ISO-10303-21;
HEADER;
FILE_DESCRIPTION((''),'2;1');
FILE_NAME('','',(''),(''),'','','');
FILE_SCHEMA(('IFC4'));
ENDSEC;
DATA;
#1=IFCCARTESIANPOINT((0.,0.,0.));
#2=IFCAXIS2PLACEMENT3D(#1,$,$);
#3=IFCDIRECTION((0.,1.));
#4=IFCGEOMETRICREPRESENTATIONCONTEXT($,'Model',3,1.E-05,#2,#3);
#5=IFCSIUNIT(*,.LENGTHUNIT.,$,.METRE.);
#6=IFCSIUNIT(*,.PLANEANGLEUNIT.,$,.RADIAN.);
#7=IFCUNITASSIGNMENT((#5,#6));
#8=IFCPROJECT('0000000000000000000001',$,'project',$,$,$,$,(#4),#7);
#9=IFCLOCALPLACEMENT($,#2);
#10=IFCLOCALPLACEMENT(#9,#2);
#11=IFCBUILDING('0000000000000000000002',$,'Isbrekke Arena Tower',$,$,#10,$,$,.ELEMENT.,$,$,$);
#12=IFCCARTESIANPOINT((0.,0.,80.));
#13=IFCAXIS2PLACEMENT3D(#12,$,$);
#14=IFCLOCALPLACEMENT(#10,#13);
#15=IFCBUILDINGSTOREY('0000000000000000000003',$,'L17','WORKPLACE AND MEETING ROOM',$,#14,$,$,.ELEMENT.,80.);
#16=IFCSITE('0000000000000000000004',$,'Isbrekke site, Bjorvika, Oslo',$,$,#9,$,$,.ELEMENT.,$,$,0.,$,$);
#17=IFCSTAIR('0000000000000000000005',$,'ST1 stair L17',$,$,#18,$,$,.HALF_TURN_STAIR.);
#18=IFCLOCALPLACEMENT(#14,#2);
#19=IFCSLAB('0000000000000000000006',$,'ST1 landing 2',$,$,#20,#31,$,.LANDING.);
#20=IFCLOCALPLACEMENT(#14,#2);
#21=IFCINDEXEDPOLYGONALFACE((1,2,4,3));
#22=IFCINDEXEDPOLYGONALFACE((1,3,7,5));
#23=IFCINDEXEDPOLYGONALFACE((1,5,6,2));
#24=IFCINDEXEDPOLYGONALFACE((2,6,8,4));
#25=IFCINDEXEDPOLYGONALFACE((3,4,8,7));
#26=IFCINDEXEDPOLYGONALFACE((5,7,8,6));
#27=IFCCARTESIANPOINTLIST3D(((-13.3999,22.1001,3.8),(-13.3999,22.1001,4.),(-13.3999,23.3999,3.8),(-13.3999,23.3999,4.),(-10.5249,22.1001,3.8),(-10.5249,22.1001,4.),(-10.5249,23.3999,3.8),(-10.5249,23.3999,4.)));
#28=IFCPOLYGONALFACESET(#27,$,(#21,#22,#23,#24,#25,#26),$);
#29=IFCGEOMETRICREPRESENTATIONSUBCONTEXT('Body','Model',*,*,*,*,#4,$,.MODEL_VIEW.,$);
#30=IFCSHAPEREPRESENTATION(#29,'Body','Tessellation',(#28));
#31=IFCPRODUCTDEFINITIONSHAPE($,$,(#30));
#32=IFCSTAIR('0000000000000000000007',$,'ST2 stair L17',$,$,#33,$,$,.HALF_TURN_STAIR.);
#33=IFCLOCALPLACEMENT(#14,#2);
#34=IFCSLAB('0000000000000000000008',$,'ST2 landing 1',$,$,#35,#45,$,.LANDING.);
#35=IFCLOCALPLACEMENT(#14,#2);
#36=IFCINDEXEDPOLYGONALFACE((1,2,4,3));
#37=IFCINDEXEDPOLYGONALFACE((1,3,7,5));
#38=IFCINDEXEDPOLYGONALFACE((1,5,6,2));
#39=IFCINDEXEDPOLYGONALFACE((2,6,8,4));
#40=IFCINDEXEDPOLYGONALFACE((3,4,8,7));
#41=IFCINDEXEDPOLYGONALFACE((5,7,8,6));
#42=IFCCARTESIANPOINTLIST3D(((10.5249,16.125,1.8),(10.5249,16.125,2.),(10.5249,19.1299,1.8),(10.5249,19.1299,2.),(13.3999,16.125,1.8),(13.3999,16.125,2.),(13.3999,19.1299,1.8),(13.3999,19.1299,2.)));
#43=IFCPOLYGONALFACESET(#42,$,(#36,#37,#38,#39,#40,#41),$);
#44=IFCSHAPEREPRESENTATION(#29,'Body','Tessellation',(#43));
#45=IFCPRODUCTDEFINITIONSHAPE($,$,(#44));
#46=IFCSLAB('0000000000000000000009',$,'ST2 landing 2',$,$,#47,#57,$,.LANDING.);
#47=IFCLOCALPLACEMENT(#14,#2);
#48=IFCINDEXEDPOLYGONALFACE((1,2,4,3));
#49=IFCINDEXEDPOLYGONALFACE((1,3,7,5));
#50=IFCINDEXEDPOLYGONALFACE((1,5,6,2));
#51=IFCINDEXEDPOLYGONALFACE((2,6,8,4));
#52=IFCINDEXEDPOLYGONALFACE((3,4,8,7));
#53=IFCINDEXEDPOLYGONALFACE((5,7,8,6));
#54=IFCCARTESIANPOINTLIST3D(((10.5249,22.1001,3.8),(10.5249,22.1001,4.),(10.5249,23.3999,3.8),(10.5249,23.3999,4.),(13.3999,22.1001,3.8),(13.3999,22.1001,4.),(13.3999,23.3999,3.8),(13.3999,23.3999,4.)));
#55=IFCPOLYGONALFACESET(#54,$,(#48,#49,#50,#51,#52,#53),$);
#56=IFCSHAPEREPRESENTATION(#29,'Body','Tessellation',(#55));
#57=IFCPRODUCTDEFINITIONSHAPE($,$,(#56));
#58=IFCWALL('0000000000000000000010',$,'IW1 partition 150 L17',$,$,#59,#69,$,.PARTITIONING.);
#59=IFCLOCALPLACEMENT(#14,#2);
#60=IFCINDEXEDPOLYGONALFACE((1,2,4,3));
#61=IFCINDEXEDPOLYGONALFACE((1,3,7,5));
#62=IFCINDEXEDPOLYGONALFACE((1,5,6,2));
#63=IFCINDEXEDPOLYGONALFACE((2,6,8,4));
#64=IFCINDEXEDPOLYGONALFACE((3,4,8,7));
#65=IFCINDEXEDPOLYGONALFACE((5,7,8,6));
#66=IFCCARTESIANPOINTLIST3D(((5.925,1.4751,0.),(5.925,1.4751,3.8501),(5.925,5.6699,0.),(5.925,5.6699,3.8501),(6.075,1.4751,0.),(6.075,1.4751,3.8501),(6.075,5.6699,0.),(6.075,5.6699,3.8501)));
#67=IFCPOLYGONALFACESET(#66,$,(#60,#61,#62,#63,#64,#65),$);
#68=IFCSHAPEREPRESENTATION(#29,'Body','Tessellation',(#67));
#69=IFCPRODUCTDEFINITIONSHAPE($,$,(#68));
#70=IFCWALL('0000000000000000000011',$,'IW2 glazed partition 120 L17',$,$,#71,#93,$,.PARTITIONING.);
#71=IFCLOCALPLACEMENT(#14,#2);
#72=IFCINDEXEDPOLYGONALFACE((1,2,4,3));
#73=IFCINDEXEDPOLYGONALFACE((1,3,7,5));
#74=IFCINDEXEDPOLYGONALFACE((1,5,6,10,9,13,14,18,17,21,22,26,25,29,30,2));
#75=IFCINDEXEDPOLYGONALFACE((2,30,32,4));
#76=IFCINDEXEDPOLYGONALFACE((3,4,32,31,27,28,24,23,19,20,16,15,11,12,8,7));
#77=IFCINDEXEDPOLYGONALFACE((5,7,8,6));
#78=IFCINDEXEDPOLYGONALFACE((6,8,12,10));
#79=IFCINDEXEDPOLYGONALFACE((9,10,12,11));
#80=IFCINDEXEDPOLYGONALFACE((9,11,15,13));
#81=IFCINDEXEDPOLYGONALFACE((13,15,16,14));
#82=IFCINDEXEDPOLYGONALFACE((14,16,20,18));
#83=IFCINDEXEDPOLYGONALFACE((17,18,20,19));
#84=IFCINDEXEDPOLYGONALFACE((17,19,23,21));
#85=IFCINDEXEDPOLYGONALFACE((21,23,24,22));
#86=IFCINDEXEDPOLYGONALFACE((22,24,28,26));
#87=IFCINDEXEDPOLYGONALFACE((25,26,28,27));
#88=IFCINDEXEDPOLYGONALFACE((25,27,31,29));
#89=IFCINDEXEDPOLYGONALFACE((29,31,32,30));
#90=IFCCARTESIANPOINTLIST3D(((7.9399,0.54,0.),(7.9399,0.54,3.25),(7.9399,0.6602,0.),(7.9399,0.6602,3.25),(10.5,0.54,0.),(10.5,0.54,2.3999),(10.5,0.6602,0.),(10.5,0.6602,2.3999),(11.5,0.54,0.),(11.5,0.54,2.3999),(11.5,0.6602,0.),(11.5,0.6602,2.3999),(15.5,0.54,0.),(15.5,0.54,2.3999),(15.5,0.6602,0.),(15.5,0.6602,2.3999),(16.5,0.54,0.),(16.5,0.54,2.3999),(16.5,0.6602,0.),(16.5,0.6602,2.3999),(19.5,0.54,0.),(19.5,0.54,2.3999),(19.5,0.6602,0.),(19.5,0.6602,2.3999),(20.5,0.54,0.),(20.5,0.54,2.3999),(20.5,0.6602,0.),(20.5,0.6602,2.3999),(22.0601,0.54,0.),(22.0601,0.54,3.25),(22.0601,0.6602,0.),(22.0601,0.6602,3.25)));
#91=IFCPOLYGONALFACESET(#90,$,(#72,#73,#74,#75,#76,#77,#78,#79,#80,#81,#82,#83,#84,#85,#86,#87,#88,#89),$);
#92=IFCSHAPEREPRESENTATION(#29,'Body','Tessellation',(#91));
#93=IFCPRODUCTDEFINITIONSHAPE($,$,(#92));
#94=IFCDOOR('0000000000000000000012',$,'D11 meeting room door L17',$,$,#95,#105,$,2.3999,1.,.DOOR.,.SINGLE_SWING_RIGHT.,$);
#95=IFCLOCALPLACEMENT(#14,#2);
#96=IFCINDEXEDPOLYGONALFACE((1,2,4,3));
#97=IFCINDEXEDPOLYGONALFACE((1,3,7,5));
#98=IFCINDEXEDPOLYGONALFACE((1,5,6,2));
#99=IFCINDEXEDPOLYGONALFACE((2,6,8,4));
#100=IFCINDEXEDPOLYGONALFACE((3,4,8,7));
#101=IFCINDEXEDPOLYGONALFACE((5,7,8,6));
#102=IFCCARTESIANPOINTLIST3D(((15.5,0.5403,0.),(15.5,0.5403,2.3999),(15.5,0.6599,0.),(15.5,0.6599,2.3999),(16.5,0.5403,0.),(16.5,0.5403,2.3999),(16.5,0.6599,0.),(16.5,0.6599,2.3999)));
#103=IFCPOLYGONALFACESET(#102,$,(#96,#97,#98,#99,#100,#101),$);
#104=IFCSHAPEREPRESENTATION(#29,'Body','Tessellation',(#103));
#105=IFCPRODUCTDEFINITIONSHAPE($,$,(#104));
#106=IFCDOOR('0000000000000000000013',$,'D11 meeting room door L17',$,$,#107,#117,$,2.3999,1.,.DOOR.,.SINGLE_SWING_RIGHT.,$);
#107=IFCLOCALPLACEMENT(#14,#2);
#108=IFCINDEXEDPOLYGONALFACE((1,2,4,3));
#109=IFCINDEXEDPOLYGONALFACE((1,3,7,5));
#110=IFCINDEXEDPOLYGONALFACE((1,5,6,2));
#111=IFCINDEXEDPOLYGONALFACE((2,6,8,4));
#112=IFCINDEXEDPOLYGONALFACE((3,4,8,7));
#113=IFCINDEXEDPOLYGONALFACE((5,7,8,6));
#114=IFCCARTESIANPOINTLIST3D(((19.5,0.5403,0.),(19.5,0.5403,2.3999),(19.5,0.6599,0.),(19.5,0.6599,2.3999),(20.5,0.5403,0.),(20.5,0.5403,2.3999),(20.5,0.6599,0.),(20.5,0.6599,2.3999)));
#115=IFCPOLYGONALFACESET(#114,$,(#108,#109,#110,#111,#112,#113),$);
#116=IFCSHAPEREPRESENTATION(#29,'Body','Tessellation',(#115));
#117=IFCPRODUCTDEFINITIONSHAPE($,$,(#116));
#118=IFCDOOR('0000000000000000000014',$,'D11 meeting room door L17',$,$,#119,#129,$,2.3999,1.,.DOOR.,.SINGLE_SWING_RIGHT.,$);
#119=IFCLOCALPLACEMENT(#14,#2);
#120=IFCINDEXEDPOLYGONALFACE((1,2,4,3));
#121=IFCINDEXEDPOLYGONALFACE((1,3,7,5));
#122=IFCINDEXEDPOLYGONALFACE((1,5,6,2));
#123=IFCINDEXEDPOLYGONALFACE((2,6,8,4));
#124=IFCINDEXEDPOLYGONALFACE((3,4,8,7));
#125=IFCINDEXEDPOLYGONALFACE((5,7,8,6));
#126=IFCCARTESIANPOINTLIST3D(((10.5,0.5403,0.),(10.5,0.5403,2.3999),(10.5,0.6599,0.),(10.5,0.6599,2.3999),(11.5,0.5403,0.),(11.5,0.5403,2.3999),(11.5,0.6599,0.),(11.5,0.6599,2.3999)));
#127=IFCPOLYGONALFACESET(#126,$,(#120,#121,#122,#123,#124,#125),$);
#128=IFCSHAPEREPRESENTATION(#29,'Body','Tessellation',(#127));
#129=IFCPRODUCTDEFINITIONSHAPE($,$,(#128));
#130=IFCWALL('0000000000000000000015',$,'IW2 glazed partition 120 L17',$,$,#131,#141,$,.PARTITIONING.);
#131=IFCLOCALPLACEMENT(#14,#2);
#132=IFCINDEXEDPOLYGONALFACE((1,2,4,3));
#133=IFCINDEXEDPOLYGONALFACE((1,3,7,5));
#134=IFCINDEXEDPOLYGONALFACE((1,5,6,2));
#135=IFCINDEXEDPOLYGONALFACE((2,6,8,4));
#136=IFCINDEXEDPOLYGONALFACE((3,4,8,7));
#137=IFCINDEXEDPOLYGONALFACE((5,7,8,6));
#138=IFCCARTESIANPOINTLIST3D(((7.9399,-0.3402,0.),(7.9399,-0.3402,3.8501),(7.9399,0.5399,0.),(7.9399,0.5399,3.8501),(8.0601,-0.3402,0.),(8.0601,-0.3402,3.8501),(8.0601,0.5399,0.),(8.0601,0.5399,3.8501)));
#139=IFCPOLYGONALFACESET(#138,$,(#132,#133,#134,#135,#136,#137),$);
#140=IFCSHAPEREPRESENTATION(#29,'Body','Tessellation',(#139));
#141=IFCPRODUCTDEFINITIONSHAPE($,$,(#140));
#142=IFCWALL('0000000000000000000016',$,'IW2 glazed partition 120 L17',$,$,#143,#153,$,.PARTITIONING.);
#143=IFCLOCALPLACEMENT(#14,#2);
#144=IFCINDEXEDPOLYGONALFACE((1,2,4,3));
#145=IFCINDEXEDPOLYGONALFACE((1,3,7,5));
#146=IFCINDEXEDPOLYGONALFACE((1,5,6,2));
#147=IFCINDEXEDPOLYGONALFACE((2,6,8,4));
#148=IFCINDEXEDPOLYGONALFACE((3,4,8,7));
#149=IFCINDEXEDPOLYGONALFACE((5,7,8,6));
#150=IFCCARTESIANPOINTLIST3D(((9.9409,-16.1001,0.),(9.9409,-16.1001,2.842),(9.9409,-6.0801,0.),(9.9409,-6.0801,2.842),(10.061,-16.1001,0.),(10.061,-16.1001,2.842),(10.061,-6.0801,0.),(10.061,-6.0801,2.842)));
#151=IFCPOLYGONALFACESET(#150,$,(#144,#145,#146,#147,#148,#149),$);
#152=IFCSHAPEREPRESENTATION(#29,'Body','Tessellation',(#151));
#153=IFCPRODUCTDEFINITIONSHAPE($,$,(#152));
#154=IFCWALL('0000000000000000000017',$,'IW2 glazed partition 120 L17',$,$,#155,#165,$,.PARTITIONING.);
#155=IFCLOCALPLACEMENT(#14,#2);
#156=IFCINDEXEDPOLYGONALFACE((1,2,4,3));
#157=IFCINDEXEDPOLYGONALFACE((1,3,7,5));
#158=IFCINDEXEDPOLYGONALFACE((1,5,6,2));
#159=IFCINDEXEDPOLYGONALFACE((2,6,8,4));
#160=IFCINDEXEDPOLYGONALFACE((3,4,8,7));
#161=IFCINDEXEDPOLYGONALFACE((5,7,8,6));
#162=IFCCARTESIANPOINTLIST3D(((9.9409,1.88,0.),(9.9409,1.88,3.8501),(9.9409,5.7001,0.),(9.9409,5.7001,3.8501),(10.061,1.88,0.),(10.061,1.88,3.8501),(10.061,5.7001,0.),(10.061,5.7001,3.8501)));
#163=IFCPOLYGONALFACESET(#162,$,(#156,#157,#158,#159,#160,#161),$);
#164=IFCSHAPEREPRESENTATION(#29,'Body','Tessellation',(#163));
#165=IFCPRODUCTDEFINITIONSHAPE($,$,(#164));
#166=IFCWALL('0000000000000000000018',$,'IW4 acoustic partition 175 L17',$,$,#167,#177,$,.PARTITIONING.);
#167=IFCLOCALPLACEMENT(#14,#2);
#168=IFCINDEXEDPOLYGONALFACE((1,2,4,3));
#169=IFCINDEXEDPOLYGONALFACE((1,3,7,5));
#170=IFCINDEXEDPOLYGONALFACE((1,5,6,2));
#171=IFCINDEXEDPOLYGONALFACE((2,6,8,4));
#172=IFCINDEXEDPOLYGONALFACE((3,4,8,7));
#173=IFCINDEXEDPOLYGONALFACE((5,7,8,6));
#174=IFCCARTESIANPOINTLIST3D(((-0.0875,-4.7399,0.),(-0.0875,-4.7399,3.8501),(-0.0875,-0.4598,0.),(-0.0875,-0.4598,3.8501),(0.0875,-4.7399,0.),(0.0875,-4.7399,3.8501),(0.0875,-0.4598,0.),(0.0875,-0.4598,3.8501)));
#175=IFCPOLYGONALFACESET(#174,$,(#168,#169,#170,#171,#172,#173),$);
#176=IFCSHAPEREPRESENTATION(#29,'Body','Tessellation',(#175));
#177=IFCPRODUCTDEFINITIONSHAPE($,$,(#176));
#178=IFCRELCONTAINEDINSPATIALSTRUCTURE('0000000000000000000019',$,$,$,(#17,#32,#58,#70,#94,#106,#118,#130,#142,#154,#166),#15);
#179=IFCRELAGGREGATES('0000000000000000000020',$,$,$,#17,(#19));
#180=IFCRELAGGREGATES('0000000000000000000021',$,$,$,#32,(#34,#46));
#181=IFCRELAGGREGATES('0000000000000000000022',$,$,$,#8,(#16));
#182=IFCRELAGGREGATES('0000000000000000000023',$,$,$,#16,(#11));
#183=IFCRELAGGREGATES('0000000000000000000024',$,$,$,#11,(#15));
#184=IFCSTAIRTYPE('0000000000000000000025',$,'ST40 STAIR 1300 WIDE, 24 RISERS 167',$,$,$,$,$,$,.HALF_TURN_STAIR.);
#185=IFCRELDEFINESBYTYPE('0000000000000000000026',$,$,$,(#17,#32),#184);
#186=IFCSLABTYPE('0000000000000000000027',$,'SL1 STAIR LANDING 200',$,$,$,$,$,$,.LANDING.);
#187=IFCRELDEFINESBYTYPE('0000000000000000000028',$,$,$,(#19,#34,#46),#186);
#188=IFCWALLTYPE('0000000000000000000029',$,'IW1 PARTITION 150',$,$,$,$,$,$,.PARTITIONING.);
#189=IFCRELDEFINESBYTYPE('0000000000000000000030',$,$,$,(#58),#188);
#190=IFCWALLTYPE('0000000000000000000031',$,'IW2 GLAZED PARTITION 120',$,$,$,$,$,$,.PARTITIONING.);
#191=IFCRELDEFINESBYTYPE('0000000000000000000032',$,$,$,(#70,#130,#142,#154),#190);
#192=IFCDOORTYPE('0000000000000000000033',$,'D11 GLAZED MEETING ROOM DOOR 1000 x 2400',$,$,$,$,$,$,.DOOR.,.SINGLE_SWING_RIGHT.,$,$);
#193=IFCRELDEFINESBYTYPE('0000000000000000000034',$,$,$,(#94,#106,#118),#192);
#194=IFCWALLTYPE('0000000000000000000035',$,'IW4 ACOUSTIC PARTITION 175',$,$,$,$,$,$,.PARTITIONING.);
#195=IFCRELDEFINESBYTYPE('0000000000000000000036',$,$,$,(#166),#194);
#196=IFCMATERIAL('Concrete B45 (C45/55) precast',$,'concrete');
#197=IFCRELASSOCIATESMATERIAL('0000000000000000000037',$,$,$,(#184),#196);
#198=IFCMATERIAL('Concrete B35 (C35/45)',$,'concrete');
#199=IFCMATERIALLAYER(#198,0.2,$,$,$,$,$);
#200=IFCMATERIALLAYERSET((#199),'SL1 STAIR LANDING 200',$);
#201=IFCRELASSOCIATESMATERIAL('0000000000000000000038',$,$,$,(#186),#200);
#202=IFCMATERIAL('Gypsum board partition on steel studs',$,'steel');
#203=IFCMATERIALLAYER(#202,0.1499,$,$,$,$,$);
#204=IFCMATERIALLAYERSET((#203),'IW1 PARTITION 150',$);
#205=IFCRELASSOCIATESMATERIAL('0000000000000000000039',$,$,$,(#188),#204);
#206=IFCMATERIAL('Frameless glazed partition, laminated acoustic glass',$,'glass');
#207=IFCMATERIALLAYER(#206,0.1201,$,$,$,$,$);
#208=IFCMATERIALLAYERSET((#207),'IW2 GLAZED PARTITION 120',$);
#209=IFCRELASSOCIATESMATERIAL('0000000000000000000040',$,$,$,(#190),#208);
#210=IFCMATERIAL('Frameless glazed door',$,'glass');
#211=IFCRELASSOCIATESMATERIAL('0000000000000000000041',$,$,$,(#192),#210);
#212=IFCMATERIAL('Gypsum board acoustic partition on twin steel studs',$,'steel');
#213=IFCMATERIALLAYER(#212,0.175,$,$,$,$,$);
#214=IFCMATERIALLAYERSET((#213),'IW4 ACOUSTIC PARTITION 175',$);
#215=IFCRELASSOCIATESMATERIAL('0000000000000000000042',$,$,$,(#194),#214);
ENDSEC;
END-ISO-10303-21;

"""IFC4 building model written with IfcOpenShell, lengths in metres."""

from ifc_helpers import new_model, si_unit, direction, frame, frame_2d, origin, place, context, subcontext, project, spatial, polyline, rectangle, outline, extrude, material, layer, layer_set, type_object, element, fill, aggregate, save


model = new_model("IFC4")

# Units and contexts
model_context = context("Model", 3, precision=1e-05, world=origin(), true_north=direction((0.0, 1.0)))
body_context = subcontext(model_context, "Body", "Model", "MODEL_VIEW")
ifc_project = project(units=[si_unit("LENGTHUNIT", "METRE"), si_unit("PLANEANGLEUNIT", "RADIAN")], contexts=[model_context])

# Site, building, storey
site_placement = place(None, origin())
site = spatial("IfcSite", under=ifc_project, at=site_placement, Name="Isbrekke site, Bjorvika, Oslo", CompositionType="ELEMENT", RefElevation=0.0)
building_placement = place(site_placement, origin())
building = spatial("IfcBuilding", under=site, at=building_placement, Name="Isbrekke Arena Tower", CompositionType="ELEMENT")
storey_placement = place(building_placement, frame((0.0, 0.0, 80.0)))
storey = spatial("IfcBuildingStorey", under=building, at=storey_placement, Name="L17", Description="WORKPLACE AND MEETING ROOM", CompositionType="ELEMENT", Elevation=80.0)

# Stairs, slabs
ifc_material_1 = material(Name="Concrete B45 (C45/55) precast", Category="concrete")
stair_type = type_object("IfcStairType", Name="ST40 STAIR 1300 WIDE, 24 RISERS 167", PredefinedType="HALF_TURN_STAIR", material=ifc_material_1)
stair_1_placement = place(storey_placement, origin())
stair_1 = element("IfcStair", 1, at=stair_1_placement, inside=storey, type_object=stair_type, Name="ST1 stair L17", PredefinedType="HALF_TURN_STAIR")
ifc_material_2 = material(Name="Concrete B35 (C35/45)", Category="concrete")
ifc_layer_1 = layer(ifc_material_2, 0.2)
ifc_layer_set_1 = layer_set([ifc_layer_1], Name="SL1 STAIR LANDING 200")
slab_type_1 = type_object("IfcSlabType", Name="SL1 STAIR LANDING 200", PredefinedType="LANDING", material=ifc_layer_set_1)
slab_1_placement = place(storey_placement, frame((0.0, 0.0, 3.8)))
slab_1 = element("IfcSlab", 2, at=slab_1_placement, type_object=slab_type_1, Name="ST1 landing 2", PredefinedType="LANDING", context=body_context, shape_type="SweptSolid", body=[
    extrude(outline(polyline([(-13.3999, 22.1001), (-10.5249, 22.1001), (-10.5249, 23.3999), (-13.3999, 23.3999), (-13.3999, 22.1001)])), origin(), (0.0, 0.0, 1.0), 0.2),
])
aggregate(stair_1, [slab_1])
stair_2_placement = place(storey_placement, origin())
stair_2 = element("IfcStair", 3, at=stair_2_placement, inside=storey, type_object=stair_type, Name="ST2 stair L17", PredefinedType="HALF_TURN_STAIR")
slab_2_placement = place(storey_placement, frame((0.0, 0.0, 1.8)))
slab_2 = element("IfcSlab", 4, at=slab_2_placement, type_object=slab_type_1, Name="ST2 landing 1", PredefinedType="LANDING", context=body_context, shape_type="SweptSolid", body=[
    extrude(outline(polyline([(10.5249, 16.125), (13.3999, 16.125), (13.3999, 19.1299), (10.5249, 19.1299), (10.5249, 16.125)])), origin(), (0.0, 0.0, 1.0), 0.2),
])
slab_3_placement = place(storey_placement, frame((0.0, 0.0, 3.8)))
slab_3 = element("IfcSlab", 5, at=slab_3_placement, type_object=slab_type_1, Name="ST2 landing 2", PredefinedType="LANDING", context=body_context, shape_type="SweptSolid", body=[
    extrude(outline(polyline([(10.5249, 22.1001), (13.3999, 22.1001), (13.3999, 23.3999), (10.5249, 23.3999), (10.5249, 22.1001)])), origin(), (0.0, 0.0, 1.0), 0.2),
])
aggregate(stair_2, [slab_2, slab_3])

# Wall
ifc_material_3 = material(Name="Gypsum board partition on steel studs", Category="steel")
ifc_layer_2 = layer(ifc_material_3, 0.1499)
ifc_layer_set_2 = layer_set([ifc_layer_2], Name="IW1 PARTITION 150")
wall_type_1 = type_object("IfcWallType", Name="IW1 PARTITION 150", PredefinedType="PARTITIONING", material=ifc_layer_set_2)
wall_1_placement = place(storey_placement, frame((6.0, 1.4751, 0.0), z_axis=(0.0, 0.0, 1.0), x_axis=(0.0, 1.0, 0.0)))
element("IfcWall", 6, at=wall_1_placement, inside=storey, type_object=wall_type_1, Name="IW1 partition 150 L17", PredefinedType="PARTITIONING", context=body_context, shape_type="SweptSolid", body=[
    extrude(rectangle(XDim=4.1948, YDim=0.1499, at=frame_2d((2.0974, 0.0))), origin(), (0.0, 0.0, 1.0), 3.8501),
])

# Wall, openings, doors
ifc_material_4 = material(Name="Frameless glazed partition, laminated acoustic glass", Category="glass")
ifc_layer_3 = layer(ifc_material_4, 0.1201)
ifc_layer_set_3 = layer_set([ifc_layer_3], Name="IW2 GLAZED PARTITION 120")
wall_type_2 = type_object("IfcWallType", Name="IW2 GLAZED PARTITION 120", PredefinedType="PARTITIONING", material=ifc_layer_set_3)
wall_2_placement = place(storey_placement, frame((7.9399, 0.6001, 0.0), z_axis=(0.0, 0.0, 1.0), x_axis=(1.0, 0.0, 0.0)))
wall_2 = element("IfcWall", 7, at=wall_2_placement, inside=storey, type_object=wall_type_2, Name="IW2 glazed partition 120 L17", PredefinedType="PARTITIONING", context=body_context, shape_type="SweptSolid", body=[
    extrude(rectangle(XDim=14.1201, YDim=0.1201, at=frame_2d((7.0601, 0.0))), origin(), (0.0, 0.0, 1.0), 3.25),
])
opening_1_placement = place(wall_2_placement, frame((7.5601, 0.0, 0.0)))
opening_1 = element("IfcOpeningElement", 8, at=opening_1_placement, cuts=wall_2, PredefinedType="OPENING", context=body_context, shape_type="SweptSolid", body=[
    extrude(rectangle(XDim=1.0, YDim=2.3999, at=frame_2d((0.5, 1.2))), frame((0.0, 0.075, 0.0), z_axis=(0.0, -1.0, 0.0), x_axis=(1.0, 0.0, 0.0)), (0.0, 0.0, 1.0), 0.1499),
])
opening_2_placement = place(wall_2_placement, frame((11.5601, 0.0, 0.0)))
opening_2 = element("IfcOpeningElement", 9, at=opening_2_placement, cuts=wall_2, PredefinedType="OPENING", context=body_context, shape_type="SweptSolid", body=[
    extrude(rectangle(XDim=1.0, YDim=2.3999, at=frame_2d((0.5, 1.2))), frame((0.0, 0.075, 0.0), z_axis=(0.0, -1.0, 0.0), x_axis=(1.0, 0.0, 0.0)), (0.0, 0.0, 1.0), 0.1499),
])
opening_3_placement = place(wall_2_placement, frame((2.5601, 0.0, 0.0)))
opening_3 = element("IfcOpeningElement", 10, at=opening_3_placement, cuts=wall_2, PredefinedType="OPENING", context=body_context, shape_type="SweptSolid", body=[
    extrude(rectangle(XDim=1.0, YDim=2.3999, at=frame_2d((0.5, 1.2))), frame((0.0, 0.075, 0.0), z_axis=(0.0, -1.0, 0.0), x_axis=(1.0, 0.0, 0.0)), (0.0, 0.0, 1.0), 0.1499),
])
ifc_material_5 = material(Name="Frameless glazed door", Category="glass")
door_type = type_object("IfcDoorType", Name="D11 GLAZED MEETING ROOM DOOR 1000 x 2400", OperationType="SINGLE_SWING_RIGHT", PredefinedType="DOOR", material=ifc_material_5)
door_1_placement = place(opening_1_placement, origin())
door_1 = element("IfcDoor", 11, at=door_1_placement, inside=storey, type_object=door_type, Name="D11 meeting room door L17", OperationType="SINGLE_SWING_RIGHT", OverallHeight=2.3999, OverallWidth=1.0, PredefinedType="DOOR", context=body_context, shape_type="SweptSolid", body=[
    extrude(rectangle(XDim=1.0, YDim=2.3999, at=frame_2d((0.5, 1.2))), frame((0.0, 0.0598, 0.0), z_axis=(0.0, -1.0, 0.0), x_axis=(1.0, 0.0, 0.0)), (0.0, 0.0, 1.0), 0.1196),
])
fill(opening_1, door_1)
door_2_placement = place(opening_2_placement, origin())
door_2 = element("IfcDoor", 12, at=door_2_placement, inside=storey, type_object=door_type, Name="D11 meeting room door L17", OperationType="SINGLE_SWING_RIGHT", OverallHeight=2.3999, OverallWidth=1.0, PredefinedType="DOOR", context=body_context, shape_type="SweptSolid", body=[
    extrude(rectangle(XDim=1.0, YDim=2.3999, at=frame_2d((0.5, 1.2))), frame((0.0, 0.0598, 0.0), z_axis=(0.0, -1.0, 0.0), x_axis=(1.0, 0.0, 0.0)), (0.0, 0.0, 1.0), 0.1196),
])
fill(opening_2, door_2)
door_3_placement = place(opening_3_placement, origin())
door_3 = element("IfcDoor", 13, at=door_3_placement, inside=storey, type_object=door_type, Name="D11 meeting room door L17", OperationType="SINGLE_SWING_RIGHT", OverallHeight=2.3999, OverallWidth=1.0, PredefinedType="DOOR", context=body_context, shape_type="SweptSolid", body=[
    extrude(rectangle(XDim=1.0, YDim=2.3999, at=frame_2d((0.5, 1.2))), frame((0.0, 0.0598, 0.0), z_axis=(0.0, -1.0, 0.0), x_axis=(1.0, 0.0, 0.0)), (0.0, 0.0, 1.0), 0.1196),
])
fill(opening_3, door_3)

# Walls
wall_3_placement = place(storey_placement, frame((8.0, -0.3401, 0.0), z_axis=(0.0, 0.0, 1.0), x_axis=(0.0, 1.0, 0.0)))
element("IfcWall", 14, at=wall_3_placement, inside=storey, type_object=wall_type_2, Name="IW2 glazed partition 120 L17", PredefinedType="PARTITIONING", context=body_context, shape_type="SweptSolid", body=[
    extrude(rectangle(XDim=0.8801, YDim=0.1201, at=frame_2d((0.4399, 0.0))), origin(), (0.0, 0.0, 1.0), 3.8501),
])
wall_4_placement = place(storey_placement, frame((10.001, -16.1001, 0.0), z_axis=(0.0, 0.0, 1.0), x_axis=(0.0, 1.0, 0.0)))
element("IfcWall", 15, at=wall_4_placement, inside=storey, type_object=wall_type_2, Name="IW2 glazed partition 120 L17", PredefinedType="PARTITIONING", context=body_context, shape_type="SweptSolid", body=[
    extrude(rectangle(XDim=10.02, YDim=0.1201, at=frame_2d((5.01, 0.0))), origin(), (0.0, 0.0, 1.0), 2.842),
])
wall_5_placement = place(storey_placement, frame((10.001, 1.8799, 0.0), z_axis=(0.0, 0.0, 1.0), x_axis=(0.0, 1.0, 0.0)))
element("IfcWall", 16, at=wall_5_placement, inside=storey, type_object=wall_type_2, Name="IW2 glazed partition 120 L17", PredefinedType="PARTITIONING", context=body_context, shape_type="SweptSolid", body=[
    extrude(rectangle(XDim=3.8201, YDim=0.1201, at=frame_2d((1.9102, 0.0))), origin(), (0.0, 0.0, 1.0), 3.8501),
])
ifc_material_6 = material(Name="Gypsum board acoustic partition on twin steel studs", Category="steel")
ifc_layer_4 = layer(ifc_material_6, 0.175)
ifc_layer_set_4 = layer_set([ifc_layer_4], Name="IW4 ACOUSTIC PARTITION 175")
wall_type_3 = type_object("IfcWallType", Name="IW4 ACOUSTIC PARTITION 175", PredefinedType="PARTITIONING", material=ifc_layer_set_4)
for number, where, z_axis, x_axis, name in (
    (17, (0.0, -4.74, 0.0), (0.0, 0.0, 1.0), (0.0, 1.0, 0.0), "IW4 acoustic partition 175 L17"),
):
    element("IfcWall", number, at=place(storey_placement, frame(where, z_axis=z_axis, x_axis=x_axis)), inside=storey, type_object=wall_type_3, Name=name, PredefinedType="PARTITIONING", context=body_context, shape_type="SweptSolid", body=[
        extrude(rectangle(XDim=4.28, YDim=0.175, at=frame_2d((2.1401, 0.0))), origin(), (0.0, 0.0, 1.0), 3.8501),
    ])

save(model, "model.ifc")
